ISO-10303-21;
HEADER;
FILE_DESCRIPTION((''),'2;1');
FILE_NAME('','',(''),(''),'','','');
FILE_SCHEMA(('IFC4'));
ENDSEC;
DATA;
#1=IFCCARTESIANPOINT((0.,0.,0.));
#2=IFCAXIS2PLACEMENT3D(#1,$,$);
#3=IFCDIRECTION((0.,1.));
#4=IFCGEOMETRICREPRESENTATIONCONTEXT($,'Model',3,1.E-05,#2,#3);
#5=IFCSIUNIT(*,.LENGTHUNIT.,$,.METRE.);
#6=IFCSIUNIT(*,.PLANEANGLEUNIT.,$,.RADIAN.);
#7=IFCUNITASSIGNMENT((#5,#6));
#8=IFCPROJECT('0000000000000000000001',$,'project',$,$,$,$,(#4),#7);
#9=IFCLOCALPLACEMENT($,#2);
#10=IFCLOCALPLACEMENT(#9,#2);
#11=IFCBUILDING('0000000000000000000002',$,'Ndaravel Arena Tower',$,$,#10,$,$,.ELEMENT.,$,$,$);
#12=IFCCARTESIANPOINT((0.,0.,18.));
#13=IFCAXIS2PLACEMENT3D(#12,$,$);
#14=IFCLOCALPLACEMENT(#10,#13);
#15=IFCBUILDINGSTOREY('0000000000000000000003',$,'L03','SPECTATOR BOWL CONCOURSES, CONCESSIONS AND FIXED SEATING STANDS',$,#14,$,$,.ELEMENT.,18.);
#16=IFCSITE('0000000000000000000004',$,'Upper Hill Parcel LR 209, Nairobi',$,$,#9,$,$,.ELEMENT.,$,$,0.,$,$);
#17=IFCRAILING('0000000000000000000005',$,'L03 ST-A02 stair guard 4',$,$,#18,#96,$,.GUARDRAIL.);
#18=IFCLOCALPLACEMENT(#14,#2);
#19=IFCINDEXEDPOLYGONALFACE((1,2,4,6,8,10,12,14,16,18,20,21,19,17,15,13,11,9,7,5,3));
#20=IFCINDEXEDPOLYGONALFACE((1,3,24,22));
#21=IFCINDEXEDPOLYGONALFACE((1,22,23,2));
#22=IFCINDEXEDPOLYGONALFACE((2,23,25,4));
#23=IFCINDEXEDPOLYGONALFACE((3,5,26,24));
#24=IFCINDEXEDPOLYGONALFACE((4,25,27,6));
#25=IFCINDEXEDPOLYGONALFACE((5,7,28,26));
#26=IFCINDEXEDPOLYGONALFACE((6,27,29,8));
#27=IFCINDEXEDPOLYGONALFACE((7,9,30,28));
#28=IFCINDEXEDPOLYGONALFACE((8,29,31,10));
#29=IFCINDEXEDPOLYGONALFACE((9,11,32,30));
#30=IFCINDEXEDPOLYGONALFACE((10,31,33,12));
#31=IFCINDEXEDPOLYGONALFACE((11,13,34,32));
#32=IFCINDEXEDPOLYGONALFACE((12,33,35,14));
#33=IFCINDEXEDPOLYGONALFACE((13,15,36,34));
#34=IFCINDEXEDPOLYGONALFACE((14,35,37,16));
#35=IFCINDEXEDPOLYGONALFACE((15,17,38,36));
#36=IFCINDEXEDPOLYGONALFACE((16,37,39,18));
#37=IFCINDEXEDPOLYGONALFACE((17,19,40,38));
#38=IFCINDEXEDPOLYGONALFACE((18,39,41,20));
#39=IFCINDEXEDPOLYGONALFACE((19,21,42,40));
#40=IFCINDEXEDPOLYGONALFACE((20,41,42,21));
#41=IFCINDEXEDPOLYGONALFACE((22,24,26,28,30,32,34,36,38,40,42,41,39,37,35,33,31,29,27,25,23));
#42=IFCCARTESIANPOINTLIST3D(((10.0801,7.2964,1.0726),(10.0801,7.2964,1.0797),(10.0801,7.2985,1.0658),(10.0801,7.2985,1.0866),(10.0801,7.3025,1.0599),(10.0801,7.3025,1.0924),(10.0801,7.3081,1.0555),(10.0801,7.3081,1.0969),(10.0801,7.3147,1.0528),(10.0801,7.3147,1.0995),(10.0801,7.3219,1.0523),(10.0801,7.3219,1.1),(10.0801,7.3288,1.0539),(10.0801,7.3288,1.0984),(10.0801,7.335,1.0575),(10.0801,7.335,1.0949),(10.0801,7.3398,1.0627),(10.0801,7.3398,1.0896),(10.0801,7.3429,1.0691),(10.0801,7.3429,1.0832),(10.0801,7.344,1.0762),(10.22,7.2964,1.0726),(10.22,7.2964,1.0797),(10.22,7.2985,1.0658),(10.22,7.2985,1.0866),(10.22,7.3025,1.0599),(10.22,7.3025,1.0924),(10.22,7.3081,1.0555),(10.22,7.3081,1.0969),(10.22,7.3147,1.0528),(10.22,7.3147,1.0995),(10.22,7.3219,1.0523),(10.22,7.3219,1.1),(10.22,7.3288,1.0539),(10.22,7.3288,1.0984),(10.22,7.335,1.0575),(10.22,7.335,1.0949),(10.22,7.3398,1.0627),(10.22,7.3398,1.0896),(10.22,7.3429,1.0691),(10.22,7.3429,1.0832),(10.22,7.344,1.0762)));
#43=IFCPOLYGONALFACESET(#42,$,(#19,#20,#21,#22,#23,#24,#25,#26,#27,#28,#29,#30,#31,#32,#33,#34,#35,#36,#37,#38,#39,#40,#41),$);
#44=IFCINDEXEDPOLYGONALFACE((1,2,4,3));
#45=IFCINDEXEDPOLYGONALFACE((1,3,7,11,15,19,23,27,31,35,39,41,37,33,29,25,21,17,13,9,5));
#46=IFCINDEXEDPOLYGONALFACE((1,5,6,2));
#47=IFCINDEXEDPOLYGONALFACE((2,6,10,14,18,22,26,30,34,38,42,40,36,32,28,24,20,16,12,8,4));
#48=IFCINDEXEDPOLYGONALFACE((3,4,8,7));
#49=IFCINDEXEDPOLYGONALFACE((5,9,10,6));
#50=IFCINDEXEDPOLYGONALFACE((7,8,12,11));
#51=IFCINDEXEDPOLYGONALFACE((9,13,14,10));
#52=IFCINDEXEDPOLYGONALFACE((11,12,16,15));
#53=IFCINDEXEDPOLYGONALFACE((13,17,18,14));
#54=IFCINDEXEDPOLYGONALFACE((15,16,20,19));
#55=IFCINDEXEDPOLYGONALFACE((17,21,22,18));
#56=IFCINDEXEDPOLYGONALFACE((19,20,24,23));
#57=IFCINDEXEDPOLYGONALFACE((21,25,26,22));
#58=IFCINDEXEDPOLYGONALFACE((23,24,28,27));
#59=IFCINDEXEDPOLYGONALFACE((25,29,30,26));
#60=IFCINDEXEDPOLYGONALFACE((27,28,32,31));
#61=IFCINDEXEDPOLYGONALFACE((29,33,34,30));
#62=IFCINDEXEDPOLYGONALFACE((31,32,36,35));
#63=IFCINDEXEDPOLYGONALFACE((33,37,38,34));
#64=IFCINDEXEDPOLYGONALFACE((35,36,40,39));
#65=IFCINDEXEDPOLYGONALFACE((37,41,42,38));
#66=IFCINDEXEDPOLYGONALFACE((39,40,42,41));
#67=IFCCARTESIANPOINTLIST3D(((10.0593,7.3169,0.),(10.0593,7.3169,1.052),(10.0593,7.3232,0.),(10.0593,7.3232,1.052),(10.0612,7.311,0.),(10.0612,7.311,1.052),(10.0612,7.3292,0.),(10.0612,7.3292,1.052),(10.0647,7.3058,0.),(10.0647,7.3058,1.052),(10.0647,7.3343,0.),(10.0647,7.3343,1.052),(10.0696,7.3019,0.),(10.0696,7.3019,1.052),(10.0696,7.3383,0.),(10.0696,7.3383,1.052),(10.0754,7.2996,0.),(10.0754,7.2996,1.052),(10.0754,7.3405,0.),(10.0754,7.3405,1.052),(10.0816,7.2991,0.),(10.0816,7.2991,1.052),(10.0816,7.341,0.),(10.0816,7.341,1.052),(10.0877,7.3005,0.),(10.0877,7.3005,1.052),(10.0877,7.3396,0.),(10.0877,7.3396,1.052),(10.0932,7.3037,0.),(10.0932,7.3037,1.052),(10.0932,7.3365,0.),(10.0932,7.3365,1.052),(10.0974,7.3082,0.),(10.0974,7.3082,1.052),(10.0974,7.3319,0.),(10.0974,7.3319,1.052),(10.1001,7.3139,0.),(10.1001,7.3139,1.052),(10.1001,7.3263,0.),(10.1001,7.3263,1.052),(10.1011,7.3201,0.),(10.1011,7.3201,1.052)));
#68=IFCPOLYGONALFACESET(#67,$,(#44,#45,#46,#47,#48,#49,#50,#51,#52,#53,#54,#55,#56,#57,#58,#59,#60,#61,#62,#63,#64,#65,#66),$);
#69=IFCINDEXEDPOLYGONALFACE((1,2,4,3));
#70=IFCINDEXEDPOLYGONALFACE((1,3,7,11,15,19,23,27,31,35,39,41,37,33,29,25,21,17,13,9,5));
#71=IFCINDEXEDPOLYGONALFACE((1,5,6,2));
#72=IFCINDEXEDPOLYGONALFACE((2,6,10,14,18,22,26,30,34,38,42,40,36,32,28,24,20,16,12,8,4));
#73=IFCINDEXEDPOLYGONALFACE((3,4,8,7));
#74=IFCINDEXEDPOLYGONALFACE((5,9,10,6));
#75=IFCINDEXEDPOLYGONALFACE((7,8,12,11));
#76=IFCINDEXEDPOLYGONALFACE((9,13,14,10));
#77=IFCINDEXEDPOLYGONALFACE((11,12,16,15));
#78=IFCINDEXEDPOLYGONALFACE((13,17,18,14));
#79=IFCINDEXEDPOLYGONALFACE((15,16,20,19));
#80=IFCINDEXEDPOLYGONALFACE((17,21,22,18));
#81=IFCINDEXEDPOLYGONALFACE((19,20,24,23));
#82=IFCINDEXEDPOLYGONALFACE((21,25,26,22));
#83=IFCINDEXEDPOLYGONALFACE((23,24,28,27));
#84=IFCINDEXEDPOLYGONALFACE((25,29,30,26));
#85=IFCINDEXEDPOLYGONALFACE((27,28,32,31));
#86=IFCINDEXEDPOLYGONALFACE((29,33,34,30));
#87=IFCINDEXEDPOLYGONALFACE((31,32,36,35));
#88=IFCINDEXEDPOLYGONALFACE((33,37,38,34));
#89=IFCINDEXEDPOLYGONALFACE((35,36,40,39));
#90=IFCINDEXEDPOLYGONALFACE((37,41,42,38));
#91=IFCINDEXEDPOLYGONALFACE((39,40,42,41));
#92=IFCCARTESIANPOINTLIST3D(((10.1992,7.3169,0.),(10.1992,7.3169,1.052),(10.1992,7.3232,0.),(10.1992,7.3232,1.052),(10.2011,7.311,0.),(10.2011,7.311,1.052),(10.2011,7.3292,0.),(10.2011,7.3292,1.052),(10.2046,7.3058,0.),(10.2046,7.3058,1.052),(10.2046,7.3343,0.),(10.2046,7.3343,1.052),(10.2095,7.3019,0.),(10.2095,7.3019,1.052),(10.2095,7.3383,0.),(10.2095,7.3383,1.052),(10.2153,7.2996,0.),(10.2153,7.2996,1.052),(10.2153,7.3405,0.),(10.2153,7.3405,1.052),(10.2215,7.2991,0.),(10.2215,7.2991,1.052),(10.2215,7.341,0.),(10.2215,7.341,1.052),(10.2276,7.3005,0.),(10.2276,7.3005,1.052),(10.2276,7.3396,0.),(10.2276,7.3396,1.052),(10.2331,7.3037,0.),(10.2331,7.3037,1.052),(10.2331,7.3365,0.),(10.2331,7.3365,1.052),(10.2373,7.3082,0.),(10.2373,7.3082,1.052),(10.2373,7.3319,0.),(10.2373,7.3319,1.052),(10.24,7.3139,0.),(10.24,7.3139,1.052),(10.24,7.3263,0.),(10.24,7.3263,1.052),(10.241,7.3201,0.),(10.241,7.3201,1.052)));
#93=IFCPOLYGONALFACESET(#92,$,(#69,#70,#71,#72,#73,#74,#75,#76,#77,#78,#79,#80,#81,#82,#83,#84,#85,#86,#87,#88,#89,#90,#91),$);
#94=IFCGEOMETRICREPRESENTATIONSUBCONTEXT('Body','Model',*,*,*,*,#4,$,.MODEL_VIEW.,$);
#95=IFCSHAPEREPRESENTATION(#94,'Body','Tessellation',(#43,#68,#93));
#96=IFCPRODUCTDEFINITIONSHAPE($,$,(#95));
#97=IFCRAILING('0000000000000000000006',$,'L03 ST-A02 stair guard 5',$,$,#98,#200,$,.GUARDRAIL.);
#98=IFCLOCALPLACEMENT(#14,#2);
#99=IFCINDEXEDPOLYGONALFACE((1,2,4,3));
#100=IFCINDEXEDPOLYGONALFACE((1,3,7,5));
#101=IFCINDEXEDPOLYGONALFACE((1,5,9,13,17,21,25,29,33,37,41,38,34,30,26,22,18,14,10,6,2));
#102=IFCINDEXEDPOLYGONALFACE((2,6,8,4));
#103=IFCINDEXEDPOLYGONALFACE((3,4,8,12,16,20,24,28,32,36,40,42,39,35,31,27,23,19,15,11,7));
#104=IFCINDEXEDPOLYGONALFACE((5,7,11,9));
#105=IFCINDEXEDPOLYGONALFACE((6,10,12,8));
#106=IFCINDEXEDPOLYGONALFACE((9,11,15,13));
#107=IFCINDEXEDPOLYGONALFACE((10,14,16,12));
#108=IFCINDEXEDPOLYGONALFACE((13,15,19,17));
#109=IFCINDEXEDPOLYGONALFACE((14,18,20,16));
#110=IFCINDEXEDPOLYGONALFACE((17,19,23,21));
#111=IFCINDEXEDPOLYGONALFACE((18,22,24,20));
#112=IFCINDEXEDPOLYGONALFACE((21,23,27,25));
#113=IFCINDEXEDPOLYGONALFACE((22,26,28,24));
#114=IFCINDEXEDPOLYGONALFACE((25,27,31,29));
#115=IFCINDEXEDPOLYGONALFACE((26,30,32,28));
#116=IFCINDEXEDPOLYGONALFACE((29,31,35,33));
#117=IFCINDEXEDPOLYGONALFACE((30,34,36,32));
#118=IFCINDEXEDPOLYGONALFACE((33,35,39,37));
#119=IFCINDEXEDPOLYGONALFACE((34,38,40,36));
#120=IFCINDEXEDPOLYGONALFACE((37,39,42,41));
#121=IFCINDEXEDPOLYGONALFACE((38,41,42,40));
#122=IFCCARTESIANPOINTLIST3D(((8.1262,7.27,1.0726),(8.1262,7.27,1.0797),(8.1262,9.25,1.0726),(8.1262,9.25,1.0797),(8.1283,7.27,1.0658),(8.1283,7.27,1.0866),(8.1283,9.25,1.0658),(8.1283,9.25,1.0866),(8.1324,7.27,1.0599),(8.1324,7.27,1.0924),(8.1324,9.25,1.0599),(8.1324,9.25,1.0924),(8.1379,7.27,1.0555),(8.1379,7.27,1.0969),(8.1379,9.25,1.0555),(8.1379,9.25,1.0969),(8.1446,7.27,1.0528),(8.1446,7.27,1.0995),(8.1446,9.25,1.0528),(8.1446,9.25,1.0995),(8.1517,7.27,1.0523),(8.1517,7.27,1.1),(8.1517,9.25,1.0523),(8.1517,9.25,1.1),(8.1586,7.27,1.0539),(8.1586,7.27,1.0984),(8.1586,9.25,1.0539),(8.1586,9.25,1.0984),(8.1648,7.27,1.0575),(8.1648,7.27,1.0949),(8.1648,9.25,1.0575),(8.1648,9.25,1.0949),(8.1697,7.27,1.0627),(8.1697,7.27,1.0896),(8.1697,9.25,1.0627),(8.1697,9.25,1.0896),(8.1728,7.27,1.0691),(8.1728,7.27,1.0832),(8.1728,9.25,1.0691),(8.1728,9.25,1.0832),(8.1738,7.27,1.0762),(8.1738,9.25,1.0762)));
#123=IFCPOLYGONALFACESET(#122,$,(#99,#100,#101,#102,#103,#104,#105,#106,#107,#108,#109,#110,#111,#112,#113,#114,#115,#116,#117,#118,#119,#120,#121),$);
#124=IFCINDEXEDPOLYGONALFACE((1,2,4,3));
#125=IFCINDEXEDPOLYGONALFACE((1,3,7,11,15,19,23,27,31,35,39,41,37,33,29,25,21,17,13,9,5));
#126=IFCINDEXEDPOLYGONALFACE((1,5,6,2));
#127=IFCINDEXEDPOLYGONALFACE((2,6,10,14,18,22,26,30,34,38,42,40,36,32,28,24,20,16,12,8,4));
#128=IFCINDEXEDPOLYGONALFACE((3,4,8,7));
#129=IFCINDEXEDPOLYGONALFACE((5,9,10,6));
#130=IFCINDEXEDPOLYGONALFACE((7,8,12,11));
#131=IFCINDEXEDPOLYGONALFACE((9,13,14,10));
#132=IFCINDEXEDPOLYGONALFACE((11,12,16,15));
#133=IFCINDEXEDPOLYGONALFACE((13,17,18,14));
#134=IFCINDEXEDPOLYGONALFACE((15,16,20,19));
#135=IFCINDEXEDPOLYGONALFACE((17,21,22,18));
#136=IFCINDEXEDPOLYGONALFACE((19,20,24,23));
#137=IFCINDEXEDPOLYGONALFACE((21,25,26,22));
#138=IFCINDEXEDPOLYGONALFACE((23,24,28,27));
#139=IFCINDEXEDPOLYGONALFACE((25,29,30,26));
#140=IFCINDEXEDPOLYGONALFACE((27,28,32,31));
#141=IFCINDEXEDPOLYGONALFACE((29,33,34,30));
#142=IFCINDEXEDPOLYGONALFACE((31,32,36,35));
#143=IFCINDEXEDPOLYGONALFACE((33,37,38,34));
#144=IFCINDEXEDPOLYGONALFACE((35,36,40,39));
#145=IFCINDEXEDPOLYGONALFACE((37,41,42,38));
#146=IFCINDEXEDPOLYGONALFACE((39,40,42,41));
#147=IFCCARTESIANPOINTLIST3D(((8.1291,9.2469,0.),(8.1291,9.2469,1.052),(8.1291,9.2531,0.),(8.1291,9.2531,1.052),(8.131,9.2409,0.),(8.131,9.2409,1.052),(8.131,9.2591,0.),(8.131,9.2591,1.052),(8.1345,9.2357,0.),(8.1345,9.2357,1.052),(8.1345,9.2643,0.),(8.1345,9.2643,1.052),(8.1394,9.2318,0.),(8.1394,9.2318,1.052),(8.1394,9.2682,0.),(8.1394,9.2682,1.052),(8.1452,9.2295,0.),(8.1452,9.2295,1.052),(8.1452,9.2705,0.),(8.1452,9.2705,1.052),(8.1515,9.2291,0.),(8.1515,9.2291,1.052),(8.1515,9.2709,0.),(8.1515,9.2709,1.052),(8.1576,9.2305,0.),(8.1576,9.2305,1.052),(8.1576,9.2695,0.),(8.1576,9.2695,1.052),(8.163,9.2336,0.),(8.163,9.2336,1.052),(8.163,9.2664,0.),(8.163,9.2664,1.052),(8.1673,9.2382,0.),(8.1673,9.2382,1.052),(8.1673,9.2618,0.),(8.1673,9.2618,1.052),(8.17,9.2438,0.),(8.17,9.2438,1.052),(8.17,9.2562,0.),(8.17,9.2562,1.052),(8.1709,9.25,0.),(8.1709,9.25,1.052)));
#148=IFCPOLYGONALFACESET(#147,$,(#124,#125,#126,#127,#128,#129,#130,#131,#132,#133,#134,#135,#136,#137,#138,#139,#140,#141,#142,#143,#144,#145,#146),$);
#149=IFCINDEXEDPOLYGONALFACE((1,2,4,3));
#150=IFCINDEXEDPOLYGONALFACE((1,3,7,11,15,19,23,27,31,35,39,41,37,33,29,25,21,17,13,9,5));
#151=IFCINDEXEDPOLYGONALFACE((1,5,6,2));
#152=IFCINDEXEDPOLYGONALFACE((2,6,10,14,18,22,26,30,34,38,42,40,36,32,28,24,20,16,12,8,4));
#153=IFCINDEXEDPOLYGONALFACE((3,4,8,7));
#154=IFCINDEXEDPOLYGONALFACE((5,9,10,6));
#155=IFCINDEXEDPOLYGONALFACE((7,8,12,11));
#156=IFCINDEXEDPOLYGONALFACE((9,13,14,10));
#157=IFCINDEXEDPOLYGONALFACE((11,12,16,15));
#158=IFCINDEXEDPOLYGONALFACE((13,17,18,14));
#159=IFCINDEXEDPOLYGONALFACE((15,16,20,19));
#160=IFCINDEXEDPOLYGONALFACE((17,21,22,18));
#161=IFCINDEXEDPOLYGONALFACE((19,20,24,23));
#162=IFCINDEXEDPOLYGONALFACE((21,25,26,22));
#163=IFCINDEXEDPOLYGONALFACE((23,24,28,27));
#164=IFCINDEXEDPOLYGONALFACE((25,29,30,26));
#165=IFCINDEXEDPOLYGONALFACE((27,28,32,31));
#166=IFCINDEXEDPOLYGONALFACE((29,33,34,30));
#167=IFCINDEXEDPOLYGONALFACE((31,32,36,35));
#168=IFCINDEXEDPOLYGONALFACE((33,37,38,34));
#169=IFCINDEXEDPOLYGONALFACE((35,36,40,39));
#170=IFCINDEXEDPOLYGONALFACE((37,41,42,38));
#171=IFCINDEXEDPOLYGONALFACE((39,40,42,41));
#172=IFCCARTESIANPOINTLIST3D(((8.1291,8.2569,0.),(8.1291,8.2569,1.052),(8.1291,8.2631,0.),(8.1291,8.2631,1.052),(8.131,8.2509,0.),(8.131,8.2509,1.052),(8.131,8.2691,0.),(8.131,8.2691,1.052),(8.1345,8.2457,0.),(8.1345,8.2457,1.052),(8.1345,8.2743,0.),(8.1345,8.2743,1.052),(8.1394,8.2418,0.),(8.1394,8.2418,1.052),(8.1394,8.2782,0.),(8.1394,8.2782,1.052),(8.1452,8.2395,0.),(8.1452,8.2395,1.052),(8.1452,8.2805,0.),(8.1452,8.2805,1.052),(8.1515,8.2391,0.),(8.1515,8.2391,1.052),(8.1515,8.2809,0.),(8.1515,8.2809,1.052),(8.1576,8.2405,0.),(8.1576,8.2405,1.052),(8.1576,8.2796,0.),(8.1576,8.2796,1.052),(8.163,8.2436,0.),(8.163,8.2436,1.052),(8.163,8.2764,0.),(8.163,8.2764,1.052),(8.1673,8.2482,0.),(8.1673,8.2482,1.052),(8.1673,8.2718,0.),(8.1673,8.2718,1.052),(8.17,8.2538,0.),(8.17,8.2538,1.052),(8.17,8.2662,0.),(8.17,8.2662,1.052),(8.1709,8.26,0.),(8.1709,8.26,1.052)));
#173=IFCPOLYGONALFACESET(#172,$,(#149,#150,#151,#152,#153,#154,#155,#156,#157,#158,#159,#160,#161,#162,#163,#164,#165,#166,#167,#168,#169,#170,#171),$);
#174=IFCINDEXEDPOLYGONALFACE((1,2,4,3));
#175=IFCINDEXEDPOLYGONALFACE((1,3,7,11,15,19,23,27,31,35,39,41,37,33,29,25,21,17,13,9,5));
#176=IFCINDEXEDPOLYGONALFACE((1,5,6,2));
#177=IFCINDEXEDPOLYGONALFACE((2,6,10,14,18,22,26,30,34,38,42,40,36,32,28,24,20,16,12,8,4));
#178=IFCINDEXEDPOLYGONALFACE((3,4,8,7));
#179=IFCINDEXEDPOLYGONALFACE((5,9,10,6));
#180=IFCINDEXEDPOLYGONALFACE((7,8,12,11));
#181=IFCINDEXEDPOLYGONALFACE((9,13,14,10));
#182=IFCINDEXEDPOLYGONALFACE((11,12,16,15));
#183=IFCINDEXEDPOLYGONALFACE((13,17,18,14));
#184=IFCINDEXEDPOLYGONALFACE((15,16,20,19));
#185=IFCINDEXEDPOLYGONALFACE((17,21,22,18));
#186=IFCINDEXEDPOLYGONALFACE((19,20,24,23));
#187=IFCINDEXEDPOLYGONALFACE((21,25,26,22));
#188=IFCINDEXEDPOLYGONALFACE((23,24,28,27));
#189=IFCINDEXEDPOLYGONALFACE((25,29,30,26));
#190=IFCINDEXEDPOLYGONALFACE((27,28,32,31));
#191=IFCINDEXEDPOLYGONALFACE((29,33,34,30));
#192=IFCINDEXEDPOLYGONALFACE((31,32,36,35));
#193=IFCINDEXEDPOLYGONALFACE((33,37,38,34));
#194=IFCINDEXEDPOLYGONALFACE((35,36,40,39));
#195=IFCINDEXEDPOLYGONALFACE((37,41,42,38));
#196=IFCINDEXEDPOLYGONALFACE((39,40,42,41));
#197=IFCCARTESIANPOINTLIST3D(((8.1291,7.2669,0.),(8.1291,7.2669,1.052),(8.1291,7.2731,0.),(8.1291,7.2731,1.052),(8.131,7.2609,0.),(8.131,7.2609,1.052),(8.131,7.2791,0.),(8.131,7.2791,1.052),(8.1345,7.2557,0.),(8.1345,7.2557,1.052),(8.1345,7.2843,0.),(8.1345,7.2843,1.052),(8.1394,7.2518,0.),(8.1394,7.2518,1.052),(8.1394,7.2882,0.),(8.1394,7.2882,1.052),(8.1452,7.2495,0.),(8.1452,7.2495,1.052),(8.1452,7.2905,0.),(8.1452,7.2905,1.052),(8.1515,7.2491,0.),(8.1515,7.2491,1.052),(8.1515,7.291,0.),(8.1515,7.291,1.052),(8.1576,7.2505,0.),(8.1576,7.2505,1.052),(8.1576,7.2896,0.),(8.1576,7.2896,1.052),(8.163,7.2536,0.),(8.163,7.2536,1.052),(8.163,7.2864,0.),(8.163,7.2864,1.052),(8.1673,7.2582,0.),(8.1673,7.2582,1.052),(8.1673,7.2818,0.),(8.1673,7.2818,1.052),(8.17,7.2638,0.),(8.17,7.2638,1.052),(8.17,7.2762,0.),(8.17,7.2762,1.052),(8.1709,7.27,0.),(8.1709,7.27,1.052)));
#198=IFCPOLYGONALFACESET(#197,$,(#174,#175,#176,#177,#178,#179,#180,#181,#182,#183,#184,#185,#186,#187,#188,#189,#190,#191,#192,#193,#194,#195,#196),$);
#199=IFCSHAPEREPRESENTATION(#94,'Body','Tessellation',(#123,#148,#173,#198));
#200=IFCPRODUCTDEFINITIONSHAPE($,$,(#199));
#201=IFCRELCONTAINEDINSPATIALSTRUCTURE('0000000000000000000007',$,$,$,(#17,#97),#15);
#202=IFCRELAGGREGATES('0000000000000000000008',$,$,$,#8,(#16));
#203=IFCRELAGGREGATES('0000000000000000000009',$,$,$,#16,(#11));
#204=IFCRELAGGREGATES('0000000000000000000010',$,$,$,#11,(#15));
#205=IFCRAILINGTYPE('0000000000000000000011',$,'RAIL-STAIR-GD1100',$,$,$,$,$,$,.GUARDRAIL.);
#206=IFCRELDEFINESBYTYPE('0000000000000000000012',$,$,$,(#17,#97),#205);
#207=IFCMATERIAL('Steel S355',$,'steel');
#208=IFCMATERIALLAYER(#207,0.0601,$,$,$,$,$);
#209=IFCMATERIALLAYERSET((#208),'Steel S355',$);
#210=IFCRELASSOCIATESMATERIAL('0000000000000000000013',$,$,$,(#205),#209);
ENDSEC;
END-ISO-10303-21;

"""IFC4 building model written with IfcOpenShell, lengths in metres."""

from ifc_helpers import new_model, si_unit, direction, frame, origin, origin_2d, place, context, subcontext, project, spatial, circle, extrude, material, layer, layer_set, type_object, element, save


model = new_model("IFC4")

# Units and contexts
model_context = context("Model", 3, precision=1e-05, world=origin(), true_north=direction((0.0, 1.0)))
body_context = subcontext(model_context, "Body", "Model", "MODEL_VIEW")
ifc_project = project(units=[si_unit("LENGTHUNIT", "METRE"), si_unit("PLANEANGLEUNIT", "RADIAN")], contexts=[model_context])

# Site, building, storey
site_placement = place(None, origin())
site = spatial("IfcSite", under=ifc_project, at=site_placement, Name="Upper Hill Parcel LR 209, Nairobi", CompositionType="ELEMENT", RefElevation=0.0)
building_placement = place(site_placement, origin())
building = spatial("IfcBuilding", under=site, at=building_placement, Name="Ndaravel Arena Tower", CompositionType="ELEMENT")
storey_placement = place(building_placement, frame((0.0, 0.0, 18.0)))
storey = spatial("IfcBuildingStorey", under=building, at=storey_placement, Name="L03", Description="SPECTATOR BOWL CONCOURSES, CONCESSIONS AND FIXED SEATING STANDS", CompositionType="ELEMENT", Elevation=18.0)

# Railings
ifc_material_1 = material(Name="Steel S355", Category="steel")
ifc_layer_1 = layer(ifc_material_1, 0.0601)
ifc_layer_set_1 = layer_set([ifc_layer_1], Name="Steel S355")
railing_type_1 = type_object("IfcRailingType", Name="RAIL-STAIR-GD1100", PredefinedType="GUARDRAIL", material=ifc_layer_set_1)
railing_1_placement = place(storey_placement, frame((10.0801, 7.3201, 0.0)))
element("IfcRailing", 1, at=railing_1_placement, inside=storey, type_object=railing_type_1, Name="L03 ST-A02 stair guard 4", PredefinedType="GUARDRAIL", context=body_context, shape_type="SweptSolid", body=[
    extrude(circle(Radius=0.0239, at=origin_2d()), frame((0.0, 0.0, 1.0762), z_axis=(1.0, 0.0, 0.0), x_axis=(0.0, 1.0, 0.0)), (0.0, 0.0, 1.0), 0.1399),
    extrude(circle(Radius=0.021, at=origin_2d()), origin(), (0.0, 0.0, 1.0), 1.052),
    extrude(circle(Radius=0.021, at=origin_2d()), frame((0.1399, 0.0, 0.0)), (0.0, 0.0, 1.0), 1.052),
])
for number, where, name in (
    (2, (8.1499, 9.25, 0.0), "L03 ST-A02 stair guard 5"),
):
    element("IfcRailing", number, at=place(storey_placement, frame(where)), inside=storey, type_object=railing_type_1, Name=name, PredefinedType="GUARDRAIL", context=body_context, shape_type="SweptSolid", body=[
        extrude(circle(Radius=0.0239, at=origin_2d()), frame((0.0, 0.0, 1.0762), z_axis=(0.0, -1.0, 0.0), x_axis=(1.0, 0.0, 0.0)), (0.0, 0.0, 1.0), 1.98),
        extrude(circle(Radius=0.021, at=origin_2d()), origin(), (0.0, 0.0, 1.0), 1.052),
        extrude(circle(Radius=0.021, at=origin_2d()), frame((0.0, -0.99, 0.0)), (0.0, 0.0, 1.0), 1.052),
        extrude(circle(Radius=0.021, at=origin_2d()), frame((0.0, -1.98, 0.0)), (0.0, 0.0, 1.0), 1.052),
    ])

save(model, "model.ifc")
